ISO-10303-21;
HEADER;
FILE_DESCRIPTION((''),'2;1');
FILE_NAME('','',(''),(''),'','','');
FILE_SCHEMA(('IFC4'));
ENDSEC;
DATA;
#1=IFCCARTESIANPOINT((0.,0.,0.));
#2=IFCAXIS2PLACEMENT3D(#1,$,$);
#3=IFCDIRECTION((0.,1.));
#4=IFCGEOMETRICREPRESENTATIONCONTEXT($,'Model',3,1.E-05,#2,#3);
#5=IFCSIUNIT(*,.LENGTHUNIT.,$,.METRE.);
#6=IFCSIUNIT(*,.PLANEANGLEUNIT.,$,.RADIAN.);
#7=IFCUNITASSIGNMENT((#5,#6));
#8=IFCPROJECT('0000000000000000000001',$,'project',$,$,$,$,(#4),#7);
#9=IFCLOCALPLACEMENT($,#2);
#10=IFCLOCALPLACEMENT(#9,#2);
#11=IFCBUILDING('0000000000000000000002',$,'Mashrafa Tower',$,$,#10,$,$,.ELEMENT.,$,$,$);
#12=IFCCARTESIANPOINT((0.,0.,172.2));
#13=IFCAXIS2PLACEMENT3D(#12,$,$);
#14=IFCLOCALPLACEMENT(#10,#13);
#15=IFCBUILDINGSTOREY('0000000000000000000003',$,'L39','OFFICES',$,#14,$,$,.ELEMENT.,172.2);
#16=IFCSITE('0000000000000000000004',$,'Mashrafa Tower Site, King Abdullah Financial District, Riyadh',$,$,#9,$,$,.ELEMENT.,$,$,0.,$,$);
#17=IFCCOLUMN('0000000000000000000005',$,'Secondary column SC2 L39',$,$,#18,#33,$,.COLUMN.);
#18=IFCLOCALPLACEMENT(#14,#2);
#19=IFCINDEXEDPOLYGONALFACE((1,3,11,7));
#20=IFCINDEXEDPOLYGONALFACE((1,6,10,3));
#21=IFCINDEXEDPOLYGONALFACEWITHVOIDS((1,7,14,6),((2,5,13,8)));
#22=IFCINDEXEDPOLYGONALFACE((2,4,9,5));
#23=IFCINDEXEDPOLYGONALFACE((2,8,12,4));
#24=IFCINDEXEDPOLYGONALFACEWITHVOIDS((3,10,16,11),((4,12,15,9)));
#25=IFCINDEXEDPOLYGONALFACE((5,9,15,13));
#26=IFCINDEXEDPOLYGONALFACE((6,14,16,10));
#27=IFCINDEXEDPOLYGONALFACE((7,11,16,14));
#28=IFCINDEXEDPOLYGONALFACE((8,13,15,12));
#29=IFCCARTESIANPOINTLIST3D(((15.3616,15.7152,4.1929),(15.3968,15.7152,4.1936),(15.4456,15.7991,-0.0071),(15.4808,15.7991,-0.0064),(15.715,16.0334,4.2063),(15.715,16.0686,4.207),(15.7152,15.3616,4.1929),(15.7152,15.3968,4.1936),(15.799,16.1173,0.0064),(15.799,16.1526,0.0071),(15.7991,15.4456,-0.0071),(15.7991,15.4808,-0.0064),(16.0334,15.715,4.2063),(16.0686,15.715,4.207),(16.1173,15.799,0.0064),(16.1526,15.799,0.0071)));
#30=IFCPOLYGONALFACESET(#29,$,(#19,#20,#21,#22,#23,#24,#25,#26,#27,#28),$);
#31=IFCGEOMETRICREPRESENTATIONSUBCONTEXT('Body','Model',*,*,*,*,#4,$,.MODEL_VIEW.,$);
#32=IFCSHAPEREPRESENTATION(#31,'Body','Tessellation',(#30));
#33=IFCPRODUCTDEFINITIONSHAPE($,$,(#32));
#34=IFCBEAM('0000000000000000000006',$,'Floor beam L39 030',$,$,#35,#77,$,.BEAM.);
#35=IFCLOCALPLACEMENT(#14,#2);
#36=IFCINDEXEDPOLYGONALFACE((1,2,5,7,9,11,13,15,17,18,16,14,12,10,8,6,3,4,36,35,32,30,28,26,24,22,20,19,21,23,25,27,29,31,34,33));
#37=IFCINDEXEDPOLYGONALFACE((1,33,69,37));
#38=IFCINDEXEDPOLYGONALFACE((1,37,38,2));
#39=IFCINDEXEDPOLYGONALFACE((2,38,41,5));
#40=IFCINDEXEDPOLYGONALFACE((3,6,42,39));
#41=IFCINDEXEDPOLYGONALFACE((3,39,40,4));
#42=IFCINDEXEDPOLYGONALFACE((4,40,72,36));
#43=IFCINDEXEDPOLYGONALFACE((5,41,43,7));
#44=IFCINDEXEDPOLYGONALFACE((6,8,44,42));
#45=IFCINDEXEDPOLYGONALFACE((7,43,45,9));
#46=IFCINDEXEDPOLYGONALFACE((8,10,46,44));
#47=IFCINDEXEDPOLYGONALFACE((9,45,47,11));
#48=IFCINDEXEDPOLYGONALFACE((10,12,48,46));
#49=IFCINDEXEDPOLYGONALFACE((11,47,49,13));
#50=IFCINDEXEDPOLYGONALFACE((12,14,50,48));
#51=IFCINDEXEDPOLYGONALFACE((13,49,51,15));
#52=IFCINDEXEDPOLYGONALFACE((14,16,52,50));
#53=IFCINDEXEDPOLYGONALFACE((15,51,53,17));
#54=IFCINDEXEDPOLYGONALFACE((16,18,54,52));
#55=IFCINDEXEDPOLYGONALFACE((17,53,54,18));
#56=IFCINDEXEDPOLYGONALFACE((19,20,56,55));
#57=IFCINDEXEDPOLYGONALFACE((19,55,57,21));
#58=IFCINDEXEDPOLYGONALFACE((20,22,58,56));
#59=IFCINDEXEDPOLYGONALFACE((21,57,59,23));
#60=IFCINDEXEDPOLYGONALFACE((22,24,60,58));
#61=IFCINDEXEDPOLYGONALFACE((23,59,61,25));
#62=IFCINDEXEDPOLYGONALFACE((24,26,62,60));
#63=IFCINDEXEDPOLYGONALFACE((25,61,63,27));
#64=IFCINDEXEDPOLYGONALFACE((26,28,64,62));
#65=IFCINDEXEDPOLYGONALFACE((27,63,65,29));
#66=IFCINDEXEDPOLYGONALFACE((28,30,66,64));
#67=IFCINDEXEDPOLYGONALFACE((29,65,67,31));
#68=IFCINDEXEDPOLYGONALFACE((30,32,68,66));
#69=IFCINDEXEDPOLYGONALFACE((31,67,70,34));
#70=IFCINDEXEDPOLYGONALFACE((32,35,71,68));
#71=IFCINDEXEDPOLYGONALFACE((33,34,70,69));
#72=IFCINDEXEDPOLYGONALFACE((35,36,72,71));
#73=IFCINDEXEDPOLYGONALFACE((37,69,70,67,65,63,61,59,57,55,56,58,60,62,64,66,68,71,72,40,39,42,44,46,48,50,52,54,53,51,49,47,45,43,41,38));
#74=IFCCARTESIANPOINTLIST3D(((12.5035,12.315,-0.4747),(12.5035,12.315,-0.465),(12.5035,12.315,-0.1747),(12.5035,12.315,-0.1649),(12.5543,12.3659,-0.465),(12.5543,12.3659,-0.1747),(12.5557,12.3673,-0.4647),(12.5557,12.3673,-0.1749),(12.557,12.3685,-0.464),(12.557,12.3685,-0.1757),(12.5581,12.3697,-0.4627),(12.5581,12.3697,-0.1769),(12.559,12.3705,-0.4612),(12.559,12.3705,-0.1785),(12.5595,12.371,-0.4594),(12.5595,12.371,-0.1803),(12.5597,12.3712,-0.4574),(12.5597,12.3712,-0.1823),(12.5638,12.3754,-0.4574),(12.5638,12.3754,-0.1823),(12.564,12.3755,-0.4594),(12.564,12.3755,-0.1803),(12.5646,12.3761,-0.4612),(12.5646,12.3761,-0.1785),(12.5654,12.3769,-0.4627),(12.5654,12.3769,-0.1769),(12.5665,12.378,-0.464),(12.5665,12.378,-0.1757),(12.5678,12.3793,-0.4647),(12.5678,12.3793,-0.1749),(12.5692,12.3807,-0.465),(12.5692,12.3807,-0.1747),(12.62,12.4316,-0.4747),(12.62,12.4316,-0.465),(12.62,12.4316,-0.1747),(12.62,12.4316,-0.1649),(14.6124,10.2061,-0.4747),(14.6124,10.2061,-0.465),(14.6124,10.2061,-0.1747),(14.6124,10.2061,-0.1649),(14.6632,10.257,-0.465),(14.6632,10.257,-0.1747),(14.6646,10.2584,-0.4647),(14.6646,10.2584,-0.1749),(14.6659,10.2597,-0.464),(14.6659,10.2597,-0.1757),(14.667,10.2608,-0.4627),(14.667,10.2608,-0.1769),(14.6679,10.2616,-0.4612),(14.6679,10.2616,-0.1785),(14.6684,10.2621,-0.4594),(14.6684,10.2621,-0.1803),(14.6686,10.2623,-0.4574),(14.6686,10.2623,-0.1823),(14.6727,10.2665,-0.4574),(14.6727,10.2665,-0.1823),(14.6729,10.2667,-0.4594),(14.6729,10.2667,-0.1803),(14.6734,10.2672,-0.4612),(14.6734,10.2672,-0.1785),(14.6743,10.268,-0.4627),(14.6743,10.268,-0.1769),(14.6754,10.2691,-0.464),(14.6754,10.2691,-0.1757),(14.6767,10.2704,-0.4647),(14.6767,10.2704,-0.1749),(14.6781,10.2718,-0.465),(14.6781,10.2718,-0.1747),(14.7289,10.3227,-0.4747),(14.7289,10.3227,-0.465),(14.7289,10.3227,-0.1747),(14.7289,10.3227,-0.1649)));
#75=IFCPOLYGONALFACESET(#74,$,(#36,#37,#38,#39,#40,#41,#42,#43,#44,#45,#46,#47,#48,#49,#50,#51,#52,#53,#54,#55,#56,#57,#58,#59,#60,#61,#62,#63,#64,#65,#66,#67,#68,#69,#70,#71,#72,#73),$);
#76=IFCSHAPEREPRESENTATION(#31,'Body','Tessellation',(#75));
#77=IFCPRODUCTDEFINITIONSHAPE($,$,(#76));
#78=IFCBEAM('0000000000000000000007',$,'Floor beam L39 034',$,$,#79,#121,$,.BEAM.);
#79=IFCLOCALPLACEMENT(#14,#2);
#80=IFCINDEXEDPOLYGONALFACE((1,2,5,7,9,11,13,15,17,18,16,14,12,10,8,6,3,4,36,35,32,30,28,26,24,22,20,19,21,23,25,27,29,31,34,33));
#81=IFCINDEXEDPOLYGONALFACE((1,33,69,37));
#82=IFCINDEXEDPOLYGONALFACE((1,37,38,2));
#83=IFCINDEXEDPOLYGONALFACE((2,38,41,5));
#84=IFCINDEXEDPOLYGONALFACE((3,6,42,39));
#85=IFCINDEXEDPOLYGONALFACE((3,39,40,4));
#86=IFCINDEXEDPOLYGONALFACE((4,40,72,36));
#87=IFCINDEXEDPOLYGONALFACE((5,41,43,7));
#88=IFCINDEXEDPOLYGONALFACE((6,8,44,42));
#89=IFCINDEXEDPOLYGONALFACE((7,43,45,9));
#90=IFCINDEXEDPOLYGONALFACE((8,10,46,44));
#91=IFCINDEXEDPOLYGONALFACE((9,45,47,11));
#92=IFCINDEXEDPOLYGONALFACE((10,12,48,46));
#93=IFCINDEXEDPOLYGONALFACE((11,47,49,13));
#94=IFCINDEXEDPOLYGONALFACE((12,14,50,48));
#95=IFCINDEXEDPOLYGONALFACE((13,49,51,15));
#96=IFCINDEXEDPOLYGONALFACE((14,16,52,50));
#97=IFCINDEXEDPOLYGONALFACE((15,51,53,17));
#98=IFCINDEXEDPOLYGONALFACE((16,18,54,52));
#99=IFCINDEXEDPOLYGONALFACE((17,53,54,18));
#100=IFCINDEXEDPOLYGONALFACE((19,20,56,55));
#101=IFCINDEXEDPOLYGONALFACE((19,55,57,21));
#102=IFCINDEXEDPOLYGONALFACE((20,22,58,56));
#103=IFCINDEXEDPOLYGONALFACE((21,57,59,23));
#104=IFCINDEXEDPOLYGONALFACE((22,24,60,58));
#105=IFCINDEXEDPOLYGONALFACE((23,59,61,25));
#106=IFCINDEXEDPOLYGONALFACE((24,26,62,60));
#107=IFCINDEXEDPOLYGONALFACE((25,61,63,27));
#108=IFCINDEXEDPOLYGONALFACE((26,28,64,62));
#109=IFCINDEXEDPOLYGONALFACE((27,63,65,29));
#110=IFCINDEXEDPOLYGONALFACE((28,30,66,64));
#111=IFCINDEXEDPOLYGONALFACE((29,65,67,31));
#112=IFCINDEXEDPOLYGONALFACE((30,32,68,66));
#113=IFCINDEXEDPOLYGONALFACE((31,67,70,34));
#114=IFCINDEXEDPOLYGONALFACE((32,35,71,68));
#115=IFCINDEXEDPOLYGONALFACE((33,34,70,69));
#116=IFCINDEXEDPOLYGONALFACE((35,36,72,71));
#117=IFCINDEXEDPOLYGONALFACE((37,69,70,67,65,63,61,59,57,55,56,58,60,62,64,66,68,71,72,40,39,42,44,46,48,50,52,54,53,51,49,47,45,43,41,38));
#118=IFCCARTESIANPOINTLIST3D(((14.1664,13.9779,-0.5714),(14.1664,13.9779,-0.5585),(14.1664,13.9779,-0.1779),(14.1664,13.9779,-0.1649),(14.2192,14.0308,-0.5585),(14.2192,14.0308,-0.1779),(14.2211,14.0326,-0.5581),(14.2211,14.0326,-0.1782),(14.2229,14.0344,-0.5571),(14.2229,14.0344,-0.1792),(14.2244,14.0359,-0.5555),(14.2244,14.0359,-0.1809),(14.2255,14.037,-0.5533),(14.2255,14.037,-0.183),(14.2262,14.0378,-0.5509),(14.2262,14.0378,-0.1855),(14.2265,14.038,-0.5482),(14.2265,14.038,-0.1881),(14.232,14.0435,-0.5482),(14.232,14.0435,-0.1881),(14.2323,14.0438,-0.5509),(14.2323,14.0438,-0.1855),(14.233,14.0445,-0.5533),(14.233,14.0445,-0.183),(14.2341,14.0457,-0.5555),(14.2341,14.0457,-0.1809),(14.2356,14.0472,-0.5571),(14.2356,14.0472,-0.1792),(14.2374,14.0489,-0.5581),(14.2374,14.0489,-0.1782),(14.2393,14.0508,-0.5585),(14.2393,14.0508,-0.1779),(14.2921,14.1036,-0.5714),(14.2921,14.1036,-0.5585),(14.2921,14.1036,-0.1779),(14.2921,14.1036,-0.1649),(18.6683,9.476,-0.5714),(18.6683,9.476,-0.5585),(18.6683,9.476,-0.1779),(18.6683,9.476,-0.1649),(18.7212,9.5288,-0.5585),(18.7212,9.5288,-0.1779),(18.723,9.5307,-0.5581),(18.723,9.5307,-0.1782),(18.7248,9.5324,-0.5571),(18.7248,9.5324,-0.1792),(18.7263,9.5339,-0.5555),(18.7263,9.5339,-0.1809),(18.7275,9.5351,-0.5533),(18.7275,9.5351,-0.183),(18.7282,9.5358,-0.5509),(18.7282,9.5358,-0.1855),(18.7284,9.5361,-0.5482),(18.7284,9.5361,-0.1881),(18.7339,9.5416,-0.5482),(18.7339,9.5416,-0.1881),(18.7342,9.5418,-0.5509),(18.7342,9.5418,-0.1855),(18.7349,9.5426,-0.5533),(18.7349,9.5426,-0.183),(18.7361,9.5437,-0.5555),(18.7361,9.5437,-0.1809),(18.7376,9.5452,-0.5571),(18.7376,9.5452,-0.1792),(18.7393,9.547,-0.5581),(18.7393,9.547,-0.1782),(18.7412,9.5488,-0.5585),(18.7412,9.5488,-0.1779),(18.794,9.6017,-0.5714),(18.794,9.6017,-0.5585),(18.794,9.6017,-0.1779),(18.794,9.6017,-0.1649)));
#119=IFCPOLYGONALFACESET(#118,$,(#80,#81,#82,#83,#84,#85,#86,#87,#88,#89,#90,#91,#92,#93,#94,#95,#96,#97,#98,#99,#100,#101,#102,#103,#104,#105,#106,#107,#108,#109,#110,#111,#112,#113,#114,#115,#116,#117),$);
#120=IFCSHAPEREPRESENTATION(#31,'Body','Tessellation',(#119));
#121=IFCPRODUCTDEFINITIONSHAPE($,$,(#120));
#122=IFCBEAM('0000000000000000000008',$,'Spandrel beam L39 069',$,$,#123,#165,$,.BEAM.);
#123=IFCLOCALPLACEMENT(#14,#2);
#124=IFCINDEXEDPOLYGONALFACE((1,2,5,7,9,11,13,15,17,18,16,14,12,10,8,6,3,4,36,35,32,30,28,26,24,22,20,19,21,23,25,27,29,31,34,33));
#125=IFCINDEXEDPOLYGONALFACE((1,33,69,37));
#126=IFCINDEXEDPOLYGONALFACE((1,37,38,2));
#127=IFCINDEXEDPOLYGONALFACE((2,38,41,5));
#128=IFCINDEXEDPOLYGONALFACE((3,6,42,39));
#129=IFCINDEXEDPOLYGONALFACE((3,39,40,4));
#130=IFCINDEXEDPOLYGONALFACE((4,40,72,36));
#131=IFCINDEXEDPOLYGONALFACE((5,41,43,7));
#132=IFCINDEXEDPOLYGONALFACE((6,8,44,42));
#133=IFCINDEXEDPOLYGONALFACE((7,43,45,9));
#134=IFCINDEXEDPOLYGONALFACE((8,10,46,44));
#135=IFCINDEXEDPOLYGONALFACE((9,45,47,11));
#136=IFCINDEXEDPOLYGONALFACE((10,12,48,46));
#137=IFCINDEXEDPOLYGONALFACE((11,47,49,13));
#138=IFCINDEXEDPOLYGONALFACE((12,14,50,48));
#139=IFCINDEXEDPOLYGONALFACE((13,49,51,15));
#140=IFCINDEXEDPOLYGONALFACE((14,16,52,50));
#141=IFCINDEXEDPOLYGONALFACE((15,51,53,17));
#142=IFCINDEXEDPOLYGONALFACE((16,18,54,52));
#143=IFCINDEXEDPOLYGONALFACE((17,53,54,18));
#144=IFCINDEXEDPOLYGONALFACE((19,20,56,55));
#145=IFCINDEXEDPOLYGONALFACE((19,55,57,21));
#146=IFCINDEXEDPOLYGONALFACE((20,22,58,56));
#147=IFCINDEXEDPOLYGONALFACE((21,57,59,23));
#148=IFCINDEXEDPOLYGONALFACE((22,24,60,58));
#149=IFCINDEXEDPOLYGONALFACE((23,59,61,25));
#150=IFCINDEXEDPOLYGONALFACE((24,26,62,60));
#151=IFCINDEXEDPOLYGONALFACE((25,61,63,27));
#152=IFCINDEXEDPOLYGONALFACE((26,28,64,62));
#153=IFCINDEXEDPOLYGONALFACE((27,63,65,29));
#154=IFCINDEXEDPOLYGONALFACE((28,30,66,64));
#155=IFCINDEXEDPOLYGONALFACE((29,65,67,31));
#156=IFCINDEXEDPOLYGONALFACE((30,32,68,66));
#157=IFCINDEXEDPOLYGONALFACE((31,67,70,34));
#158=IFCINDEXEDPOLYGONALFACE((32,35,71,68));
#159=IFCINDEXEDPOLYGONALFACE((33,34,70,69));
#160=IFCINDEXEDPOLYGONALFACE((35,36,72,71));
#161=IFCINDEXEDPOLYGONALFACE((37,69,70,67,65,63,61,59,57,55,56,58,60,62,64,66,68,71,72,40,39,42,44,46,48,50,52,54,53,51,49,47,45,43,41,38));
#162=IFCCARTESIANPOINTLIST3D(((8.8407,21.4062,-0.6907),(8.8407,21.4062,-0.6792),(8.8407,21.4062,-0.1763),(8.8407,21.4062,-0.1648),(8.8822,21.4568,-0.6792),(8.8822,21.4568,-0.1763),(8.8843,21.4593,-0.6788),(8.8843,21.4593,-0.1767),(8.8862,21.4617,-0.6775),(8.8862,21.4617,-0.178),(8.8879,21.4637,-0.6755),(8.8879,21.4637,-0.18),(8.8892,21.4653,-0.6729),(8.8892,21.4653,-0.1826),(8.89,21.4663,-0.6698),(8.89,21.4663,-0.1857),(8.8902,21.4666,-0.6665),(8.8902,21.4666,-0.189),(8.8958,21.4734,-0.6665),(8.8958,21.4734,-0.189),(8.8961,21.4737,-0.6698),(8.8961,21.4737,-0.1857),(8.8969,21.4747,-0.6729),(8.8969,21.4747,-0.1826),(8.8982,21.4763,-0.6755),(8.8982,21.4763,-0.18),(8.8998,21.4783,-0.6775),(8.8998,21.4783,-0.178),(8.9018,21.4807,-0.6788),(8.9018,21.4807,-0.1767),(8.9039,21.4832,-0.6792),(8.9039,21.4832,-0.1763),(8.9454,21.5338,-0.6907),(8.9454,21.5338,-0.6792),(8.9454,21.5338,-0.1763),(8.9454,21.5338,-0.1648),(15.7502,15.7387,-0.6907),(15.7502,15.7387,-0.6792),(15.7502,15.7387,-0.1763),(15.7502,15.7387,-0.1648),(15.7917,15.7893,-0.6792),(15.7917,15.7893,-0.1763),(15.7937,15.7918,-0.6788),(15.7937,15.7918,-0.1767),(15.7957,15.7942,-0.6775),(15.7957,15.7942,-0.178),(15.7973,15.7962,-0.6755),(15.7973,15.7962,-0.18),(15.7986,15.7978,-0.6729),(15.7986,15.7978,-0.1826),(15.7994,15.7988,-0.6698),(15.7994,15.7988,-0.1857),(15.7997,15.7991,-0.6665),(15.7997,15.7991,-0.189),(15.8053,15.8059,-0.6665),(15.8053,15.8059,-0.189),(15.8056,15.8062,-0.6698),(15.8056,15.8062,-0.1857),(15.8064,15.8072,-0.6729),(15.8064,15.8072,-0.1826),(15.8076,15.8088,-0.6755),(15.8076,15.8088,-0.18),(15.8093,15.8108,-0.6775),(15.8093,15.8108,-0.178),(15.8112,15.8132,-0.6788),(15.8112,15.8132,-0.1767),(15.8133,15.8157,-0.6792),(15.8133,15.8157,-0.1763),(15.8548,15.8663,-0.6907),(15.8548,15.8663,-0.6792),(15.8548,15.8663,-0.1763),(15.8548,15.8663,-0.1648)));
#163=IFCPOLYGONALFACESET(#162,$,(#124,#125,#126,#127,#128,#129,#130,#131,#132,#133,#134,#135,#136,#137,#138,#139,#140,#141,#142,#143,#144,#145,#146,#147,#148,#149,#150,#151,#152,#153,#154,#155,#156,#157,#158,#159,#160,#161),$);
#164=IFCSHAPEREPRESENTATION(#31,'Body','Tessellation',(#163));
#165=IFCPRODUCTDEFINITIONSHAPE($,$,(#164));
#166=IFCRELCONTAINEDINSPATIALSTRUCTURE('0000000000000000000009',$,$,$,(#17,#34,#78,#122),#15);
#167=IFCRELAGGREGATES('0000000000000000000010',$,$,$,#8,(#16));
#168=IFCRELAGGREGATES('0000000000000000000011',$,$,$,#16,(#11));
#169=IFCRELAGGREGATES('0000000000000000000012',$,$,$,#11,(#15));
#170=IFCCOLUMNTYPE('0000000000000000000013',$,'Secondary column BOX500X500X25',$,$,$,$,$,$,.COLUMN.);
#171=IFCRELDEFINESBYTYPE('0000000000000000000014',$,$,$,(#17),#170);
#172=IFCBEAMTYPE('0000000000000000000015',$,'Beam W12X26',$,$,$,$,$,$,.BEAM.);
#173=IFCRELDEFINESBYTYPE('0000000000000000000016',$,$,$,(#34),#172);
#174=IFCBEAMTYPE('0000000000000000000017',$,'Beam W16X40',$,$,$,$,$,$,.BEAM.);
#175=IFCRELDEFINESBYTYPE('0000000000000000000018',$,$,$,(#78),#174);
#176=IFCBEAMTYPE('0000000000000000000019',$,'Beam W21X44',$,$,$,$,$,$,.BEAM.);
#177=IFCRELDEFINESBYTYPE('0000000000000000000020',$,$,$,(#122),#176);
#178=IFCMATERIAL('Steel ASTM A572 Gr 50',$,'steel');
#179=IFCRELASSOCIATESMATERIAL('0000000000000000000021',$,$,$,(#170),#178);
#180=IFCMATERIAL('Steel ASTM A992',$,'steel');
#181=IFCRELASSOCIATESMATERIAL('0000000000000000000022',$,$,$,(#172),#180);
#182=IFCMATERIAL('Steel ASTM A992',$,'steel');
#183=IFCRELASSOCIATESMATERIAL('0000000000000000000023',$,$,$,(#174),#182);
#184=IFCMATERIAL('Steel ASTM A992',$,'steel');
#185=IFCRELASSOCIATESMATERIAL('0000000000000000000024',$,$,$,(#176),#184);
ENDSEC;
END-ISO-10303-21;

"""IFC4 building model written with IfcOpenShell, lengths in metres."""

from ifc_helpers import new_model, si_unit, direction, frame, origin, origin_2d, place, context, subcontext, project, spatial, hollow_rectangle, i_section, extrude, material, material_profile, profile_set, type_object, element, save


model = new_model("IFC4")

# Units and contexts
model_context = context("Model", 3, precision=1e-05, world=origin(), true_north=direction((0.0, 1.0)))
body_context = subcontext(model_context, "Body", "Model", "MODEL_VIEW")
ifc_project = project(units=[si_unit("LENGTHUNIT", "METRE"), si_unit("PLANEANGLEUNIT", "RADIAN")], contexts=[model_context])

# Site, building, storey
site_placement = place(None, origin())
site = spatial("IfcSite", under=ifc_project, at=site_placement, Name="Mashrafa Tower Site, King Abdullah Financial District, Riyadh", CompositionType="ELEMENT", RefElevation=0.0)
building_placement = place(site_placement, origin())
building = spatial("IfcBuilding", under=site, at=building_placement, Name="Mashrafa Tower", CompositionType="ELEMENT")
storey_placement = place(building_placement, frame((0.0, 0.0, 172.2)))
storey = spatial("IfcBuildingStorey", under=building, at=storey_placement, Name="L39", Description="OFFICES", CompositionType="ELEMENT", Elevation=172.2)

# Column
ifc_material_1 = material(Name="Steel ASTM A572 Gr 50", Category="steel")
ifc_material_profile_1 = material_profile(ifc_material_1, hollow_rectangle(XDim=0.5, YDim=0.5, WallThickness=0.0249, at=origin_2d()), Name="BOX500X500X25")
ifc_profile_set_1 = profile_set([ifc_material_profile_1], Name="Steel ASTM A572 Gr 50")
column_type = type_object("IfcColumnType", Name="Secondary column BOX500X500X25", PredefinedType="COLUMN", material=ifc_profile_set_1)
column_placement = place(storey_placement, frame((15.7991, 15.7991, 0.0), z_axis=(-0.019989, -0.019989, 0.9996), x_axis=(0.707107, -0.707107, 0.0)))
element("IfcColumn", 1, at=column_placement, inside=storey, type_object=column_type, Name="Secondary column SC2 L39", PredefinedType="COLUMN", context=body_context, shape_type="SweptSolid", body=[
    extrude(hollow_rectangle(XDim=0.5, YDim=0.5, WallThickness=0.0249, at=origin_2d()), origin(), (0.0, 0.0, 1.0), 4.2017),
])

# Beams
ifc_material_2 = material(Name="Steel ASTM A992", Category="steel")
ifc_material_profile_2 = material_profile(ifc_material_2, i_section(OverallWidth=0.1648, OverallDepth=0.3098, WebThickness=0.0059, FlangeThickness=0.0098, FilletRadius=0.0076, at=origin_2d()), Name="W12X26")
ifc_profile_set_2 = profile_set([ifc_material_profile_2], Name="Steel ASTM A992")
beam_type_1 = type_object("IfcBeamType", Name="Beam W12X26", PredefinedType="BEAM", material=ifc_profile_set_2)
beam_1_placement = place(storey_placement, frame((12.5618, 12.3733, -0.3198), z_axis=(0.707107, -0.707107, 0.0), x_axis=(0.707107, 0.707107, 0.0)))
element("IfcBeam", 2, at=beam_1_placement, inside=storey, type_object=beam_type_1, Name="Floor beam L39 030", PredefinedType="BEAM", context=body_context, shape_type="SweptSolid", body=[
    extrude(i_section(OverallWidth=0.1648, OverallDepth=0.3098, WebThickness=0.0059, FlangeThickness=0.0098, FilletRadius=0.0076, at=origin_2d()), origin(), (0.0, 0.0, 1.0), 2.9824),
])
ifc_material_3 = material(Name="Steel ASTM A992", Category="steel")
ifc_material_profile_3 = material_profile(ifc_material_3, i_section(OverallWidth=0.1777, OverallDepth=0.4065, WebThickness=0.0078, FlangeThickness=0.0129, FilletRadius=0.0103, at=origin_2d()), Name="W16X40")
ifc_profile_set_3 = profile_set([ifc_material_profile_3], Name="Steel ASTM A992")
beam_type_2 = type_object("IfcBeamType", Name="Beam W16X40", PredefinedType="BEAM", material=ifc_profile_set_3)
beam_2_placement = place(storey_placement, frame((14.2292, 14.0408, -0.3682), z_axis=(0.707107, -0.707107, 0.0), x_axis=(0.707107, 0.707107, 0.0)))
element("IfcBeam", 3, at=beam_2_placement, inside=storey, type_object=beam_type_2, Name="Floor beam L39 034", PredefinedType="BEAM", context=body_context, shape_type="SweptSolid", body=[
    extrude(i_section(OverallWidth=0.1777, OverallDepth=0.4065, WebThickness=0.0078, FlangeThickness=0.0129, FilletRadius=0.0103, at=origin_2d()), origin(), (0.0, 0.0, 1.0), 6.3667),
])
ifc_material_4 = material(Name="Steel ASTM A992", Category="steel")
ifc_material_profile_4 = material_profile(ifc_material_4, i_section(OverallWidth=0.165, OverallDepth=0.5259, WebThickness=0.0088, FlangeThickness=0.0115, FilletRadius=0.0127, at=origin_2d()), Name="W21X44")
ifc_profile_set_4 = profile_set([ifc_material_profile_4], Name="Steel ASTM A992")
beam_type_3 = type_object("IfcBeamType", Name="Beam W21X44", PredefinedType="BEAM", material=ifc_profile_set_4)
beam_3_placement = place(storey_placement, frame((15.8025, 15.8025, -0.4277), z_axis=(-0.773172, 0.634197, 0.0), x_axis=(-0.634197, -0.773172, 0.0)))
element("IfcBeam", 4, at=beam_3_placement, inside=storey, type_object=beam_type_3, Name="Spandrel beam L39 069", PredefinedType="BEAM", context=body_context, shape_type="SweptSolid", body=[
    extrude(i_section(OverallWidth=0.165, OverallDepth=0.5259, WebThickness=0.0088, FlangeThickness=0.0115, FilletRadius=0.0127, at=origin_2d()), origin(), (0.0, 0.0, 1.0), 8.9365),
])

save(model, "model.ifc")
